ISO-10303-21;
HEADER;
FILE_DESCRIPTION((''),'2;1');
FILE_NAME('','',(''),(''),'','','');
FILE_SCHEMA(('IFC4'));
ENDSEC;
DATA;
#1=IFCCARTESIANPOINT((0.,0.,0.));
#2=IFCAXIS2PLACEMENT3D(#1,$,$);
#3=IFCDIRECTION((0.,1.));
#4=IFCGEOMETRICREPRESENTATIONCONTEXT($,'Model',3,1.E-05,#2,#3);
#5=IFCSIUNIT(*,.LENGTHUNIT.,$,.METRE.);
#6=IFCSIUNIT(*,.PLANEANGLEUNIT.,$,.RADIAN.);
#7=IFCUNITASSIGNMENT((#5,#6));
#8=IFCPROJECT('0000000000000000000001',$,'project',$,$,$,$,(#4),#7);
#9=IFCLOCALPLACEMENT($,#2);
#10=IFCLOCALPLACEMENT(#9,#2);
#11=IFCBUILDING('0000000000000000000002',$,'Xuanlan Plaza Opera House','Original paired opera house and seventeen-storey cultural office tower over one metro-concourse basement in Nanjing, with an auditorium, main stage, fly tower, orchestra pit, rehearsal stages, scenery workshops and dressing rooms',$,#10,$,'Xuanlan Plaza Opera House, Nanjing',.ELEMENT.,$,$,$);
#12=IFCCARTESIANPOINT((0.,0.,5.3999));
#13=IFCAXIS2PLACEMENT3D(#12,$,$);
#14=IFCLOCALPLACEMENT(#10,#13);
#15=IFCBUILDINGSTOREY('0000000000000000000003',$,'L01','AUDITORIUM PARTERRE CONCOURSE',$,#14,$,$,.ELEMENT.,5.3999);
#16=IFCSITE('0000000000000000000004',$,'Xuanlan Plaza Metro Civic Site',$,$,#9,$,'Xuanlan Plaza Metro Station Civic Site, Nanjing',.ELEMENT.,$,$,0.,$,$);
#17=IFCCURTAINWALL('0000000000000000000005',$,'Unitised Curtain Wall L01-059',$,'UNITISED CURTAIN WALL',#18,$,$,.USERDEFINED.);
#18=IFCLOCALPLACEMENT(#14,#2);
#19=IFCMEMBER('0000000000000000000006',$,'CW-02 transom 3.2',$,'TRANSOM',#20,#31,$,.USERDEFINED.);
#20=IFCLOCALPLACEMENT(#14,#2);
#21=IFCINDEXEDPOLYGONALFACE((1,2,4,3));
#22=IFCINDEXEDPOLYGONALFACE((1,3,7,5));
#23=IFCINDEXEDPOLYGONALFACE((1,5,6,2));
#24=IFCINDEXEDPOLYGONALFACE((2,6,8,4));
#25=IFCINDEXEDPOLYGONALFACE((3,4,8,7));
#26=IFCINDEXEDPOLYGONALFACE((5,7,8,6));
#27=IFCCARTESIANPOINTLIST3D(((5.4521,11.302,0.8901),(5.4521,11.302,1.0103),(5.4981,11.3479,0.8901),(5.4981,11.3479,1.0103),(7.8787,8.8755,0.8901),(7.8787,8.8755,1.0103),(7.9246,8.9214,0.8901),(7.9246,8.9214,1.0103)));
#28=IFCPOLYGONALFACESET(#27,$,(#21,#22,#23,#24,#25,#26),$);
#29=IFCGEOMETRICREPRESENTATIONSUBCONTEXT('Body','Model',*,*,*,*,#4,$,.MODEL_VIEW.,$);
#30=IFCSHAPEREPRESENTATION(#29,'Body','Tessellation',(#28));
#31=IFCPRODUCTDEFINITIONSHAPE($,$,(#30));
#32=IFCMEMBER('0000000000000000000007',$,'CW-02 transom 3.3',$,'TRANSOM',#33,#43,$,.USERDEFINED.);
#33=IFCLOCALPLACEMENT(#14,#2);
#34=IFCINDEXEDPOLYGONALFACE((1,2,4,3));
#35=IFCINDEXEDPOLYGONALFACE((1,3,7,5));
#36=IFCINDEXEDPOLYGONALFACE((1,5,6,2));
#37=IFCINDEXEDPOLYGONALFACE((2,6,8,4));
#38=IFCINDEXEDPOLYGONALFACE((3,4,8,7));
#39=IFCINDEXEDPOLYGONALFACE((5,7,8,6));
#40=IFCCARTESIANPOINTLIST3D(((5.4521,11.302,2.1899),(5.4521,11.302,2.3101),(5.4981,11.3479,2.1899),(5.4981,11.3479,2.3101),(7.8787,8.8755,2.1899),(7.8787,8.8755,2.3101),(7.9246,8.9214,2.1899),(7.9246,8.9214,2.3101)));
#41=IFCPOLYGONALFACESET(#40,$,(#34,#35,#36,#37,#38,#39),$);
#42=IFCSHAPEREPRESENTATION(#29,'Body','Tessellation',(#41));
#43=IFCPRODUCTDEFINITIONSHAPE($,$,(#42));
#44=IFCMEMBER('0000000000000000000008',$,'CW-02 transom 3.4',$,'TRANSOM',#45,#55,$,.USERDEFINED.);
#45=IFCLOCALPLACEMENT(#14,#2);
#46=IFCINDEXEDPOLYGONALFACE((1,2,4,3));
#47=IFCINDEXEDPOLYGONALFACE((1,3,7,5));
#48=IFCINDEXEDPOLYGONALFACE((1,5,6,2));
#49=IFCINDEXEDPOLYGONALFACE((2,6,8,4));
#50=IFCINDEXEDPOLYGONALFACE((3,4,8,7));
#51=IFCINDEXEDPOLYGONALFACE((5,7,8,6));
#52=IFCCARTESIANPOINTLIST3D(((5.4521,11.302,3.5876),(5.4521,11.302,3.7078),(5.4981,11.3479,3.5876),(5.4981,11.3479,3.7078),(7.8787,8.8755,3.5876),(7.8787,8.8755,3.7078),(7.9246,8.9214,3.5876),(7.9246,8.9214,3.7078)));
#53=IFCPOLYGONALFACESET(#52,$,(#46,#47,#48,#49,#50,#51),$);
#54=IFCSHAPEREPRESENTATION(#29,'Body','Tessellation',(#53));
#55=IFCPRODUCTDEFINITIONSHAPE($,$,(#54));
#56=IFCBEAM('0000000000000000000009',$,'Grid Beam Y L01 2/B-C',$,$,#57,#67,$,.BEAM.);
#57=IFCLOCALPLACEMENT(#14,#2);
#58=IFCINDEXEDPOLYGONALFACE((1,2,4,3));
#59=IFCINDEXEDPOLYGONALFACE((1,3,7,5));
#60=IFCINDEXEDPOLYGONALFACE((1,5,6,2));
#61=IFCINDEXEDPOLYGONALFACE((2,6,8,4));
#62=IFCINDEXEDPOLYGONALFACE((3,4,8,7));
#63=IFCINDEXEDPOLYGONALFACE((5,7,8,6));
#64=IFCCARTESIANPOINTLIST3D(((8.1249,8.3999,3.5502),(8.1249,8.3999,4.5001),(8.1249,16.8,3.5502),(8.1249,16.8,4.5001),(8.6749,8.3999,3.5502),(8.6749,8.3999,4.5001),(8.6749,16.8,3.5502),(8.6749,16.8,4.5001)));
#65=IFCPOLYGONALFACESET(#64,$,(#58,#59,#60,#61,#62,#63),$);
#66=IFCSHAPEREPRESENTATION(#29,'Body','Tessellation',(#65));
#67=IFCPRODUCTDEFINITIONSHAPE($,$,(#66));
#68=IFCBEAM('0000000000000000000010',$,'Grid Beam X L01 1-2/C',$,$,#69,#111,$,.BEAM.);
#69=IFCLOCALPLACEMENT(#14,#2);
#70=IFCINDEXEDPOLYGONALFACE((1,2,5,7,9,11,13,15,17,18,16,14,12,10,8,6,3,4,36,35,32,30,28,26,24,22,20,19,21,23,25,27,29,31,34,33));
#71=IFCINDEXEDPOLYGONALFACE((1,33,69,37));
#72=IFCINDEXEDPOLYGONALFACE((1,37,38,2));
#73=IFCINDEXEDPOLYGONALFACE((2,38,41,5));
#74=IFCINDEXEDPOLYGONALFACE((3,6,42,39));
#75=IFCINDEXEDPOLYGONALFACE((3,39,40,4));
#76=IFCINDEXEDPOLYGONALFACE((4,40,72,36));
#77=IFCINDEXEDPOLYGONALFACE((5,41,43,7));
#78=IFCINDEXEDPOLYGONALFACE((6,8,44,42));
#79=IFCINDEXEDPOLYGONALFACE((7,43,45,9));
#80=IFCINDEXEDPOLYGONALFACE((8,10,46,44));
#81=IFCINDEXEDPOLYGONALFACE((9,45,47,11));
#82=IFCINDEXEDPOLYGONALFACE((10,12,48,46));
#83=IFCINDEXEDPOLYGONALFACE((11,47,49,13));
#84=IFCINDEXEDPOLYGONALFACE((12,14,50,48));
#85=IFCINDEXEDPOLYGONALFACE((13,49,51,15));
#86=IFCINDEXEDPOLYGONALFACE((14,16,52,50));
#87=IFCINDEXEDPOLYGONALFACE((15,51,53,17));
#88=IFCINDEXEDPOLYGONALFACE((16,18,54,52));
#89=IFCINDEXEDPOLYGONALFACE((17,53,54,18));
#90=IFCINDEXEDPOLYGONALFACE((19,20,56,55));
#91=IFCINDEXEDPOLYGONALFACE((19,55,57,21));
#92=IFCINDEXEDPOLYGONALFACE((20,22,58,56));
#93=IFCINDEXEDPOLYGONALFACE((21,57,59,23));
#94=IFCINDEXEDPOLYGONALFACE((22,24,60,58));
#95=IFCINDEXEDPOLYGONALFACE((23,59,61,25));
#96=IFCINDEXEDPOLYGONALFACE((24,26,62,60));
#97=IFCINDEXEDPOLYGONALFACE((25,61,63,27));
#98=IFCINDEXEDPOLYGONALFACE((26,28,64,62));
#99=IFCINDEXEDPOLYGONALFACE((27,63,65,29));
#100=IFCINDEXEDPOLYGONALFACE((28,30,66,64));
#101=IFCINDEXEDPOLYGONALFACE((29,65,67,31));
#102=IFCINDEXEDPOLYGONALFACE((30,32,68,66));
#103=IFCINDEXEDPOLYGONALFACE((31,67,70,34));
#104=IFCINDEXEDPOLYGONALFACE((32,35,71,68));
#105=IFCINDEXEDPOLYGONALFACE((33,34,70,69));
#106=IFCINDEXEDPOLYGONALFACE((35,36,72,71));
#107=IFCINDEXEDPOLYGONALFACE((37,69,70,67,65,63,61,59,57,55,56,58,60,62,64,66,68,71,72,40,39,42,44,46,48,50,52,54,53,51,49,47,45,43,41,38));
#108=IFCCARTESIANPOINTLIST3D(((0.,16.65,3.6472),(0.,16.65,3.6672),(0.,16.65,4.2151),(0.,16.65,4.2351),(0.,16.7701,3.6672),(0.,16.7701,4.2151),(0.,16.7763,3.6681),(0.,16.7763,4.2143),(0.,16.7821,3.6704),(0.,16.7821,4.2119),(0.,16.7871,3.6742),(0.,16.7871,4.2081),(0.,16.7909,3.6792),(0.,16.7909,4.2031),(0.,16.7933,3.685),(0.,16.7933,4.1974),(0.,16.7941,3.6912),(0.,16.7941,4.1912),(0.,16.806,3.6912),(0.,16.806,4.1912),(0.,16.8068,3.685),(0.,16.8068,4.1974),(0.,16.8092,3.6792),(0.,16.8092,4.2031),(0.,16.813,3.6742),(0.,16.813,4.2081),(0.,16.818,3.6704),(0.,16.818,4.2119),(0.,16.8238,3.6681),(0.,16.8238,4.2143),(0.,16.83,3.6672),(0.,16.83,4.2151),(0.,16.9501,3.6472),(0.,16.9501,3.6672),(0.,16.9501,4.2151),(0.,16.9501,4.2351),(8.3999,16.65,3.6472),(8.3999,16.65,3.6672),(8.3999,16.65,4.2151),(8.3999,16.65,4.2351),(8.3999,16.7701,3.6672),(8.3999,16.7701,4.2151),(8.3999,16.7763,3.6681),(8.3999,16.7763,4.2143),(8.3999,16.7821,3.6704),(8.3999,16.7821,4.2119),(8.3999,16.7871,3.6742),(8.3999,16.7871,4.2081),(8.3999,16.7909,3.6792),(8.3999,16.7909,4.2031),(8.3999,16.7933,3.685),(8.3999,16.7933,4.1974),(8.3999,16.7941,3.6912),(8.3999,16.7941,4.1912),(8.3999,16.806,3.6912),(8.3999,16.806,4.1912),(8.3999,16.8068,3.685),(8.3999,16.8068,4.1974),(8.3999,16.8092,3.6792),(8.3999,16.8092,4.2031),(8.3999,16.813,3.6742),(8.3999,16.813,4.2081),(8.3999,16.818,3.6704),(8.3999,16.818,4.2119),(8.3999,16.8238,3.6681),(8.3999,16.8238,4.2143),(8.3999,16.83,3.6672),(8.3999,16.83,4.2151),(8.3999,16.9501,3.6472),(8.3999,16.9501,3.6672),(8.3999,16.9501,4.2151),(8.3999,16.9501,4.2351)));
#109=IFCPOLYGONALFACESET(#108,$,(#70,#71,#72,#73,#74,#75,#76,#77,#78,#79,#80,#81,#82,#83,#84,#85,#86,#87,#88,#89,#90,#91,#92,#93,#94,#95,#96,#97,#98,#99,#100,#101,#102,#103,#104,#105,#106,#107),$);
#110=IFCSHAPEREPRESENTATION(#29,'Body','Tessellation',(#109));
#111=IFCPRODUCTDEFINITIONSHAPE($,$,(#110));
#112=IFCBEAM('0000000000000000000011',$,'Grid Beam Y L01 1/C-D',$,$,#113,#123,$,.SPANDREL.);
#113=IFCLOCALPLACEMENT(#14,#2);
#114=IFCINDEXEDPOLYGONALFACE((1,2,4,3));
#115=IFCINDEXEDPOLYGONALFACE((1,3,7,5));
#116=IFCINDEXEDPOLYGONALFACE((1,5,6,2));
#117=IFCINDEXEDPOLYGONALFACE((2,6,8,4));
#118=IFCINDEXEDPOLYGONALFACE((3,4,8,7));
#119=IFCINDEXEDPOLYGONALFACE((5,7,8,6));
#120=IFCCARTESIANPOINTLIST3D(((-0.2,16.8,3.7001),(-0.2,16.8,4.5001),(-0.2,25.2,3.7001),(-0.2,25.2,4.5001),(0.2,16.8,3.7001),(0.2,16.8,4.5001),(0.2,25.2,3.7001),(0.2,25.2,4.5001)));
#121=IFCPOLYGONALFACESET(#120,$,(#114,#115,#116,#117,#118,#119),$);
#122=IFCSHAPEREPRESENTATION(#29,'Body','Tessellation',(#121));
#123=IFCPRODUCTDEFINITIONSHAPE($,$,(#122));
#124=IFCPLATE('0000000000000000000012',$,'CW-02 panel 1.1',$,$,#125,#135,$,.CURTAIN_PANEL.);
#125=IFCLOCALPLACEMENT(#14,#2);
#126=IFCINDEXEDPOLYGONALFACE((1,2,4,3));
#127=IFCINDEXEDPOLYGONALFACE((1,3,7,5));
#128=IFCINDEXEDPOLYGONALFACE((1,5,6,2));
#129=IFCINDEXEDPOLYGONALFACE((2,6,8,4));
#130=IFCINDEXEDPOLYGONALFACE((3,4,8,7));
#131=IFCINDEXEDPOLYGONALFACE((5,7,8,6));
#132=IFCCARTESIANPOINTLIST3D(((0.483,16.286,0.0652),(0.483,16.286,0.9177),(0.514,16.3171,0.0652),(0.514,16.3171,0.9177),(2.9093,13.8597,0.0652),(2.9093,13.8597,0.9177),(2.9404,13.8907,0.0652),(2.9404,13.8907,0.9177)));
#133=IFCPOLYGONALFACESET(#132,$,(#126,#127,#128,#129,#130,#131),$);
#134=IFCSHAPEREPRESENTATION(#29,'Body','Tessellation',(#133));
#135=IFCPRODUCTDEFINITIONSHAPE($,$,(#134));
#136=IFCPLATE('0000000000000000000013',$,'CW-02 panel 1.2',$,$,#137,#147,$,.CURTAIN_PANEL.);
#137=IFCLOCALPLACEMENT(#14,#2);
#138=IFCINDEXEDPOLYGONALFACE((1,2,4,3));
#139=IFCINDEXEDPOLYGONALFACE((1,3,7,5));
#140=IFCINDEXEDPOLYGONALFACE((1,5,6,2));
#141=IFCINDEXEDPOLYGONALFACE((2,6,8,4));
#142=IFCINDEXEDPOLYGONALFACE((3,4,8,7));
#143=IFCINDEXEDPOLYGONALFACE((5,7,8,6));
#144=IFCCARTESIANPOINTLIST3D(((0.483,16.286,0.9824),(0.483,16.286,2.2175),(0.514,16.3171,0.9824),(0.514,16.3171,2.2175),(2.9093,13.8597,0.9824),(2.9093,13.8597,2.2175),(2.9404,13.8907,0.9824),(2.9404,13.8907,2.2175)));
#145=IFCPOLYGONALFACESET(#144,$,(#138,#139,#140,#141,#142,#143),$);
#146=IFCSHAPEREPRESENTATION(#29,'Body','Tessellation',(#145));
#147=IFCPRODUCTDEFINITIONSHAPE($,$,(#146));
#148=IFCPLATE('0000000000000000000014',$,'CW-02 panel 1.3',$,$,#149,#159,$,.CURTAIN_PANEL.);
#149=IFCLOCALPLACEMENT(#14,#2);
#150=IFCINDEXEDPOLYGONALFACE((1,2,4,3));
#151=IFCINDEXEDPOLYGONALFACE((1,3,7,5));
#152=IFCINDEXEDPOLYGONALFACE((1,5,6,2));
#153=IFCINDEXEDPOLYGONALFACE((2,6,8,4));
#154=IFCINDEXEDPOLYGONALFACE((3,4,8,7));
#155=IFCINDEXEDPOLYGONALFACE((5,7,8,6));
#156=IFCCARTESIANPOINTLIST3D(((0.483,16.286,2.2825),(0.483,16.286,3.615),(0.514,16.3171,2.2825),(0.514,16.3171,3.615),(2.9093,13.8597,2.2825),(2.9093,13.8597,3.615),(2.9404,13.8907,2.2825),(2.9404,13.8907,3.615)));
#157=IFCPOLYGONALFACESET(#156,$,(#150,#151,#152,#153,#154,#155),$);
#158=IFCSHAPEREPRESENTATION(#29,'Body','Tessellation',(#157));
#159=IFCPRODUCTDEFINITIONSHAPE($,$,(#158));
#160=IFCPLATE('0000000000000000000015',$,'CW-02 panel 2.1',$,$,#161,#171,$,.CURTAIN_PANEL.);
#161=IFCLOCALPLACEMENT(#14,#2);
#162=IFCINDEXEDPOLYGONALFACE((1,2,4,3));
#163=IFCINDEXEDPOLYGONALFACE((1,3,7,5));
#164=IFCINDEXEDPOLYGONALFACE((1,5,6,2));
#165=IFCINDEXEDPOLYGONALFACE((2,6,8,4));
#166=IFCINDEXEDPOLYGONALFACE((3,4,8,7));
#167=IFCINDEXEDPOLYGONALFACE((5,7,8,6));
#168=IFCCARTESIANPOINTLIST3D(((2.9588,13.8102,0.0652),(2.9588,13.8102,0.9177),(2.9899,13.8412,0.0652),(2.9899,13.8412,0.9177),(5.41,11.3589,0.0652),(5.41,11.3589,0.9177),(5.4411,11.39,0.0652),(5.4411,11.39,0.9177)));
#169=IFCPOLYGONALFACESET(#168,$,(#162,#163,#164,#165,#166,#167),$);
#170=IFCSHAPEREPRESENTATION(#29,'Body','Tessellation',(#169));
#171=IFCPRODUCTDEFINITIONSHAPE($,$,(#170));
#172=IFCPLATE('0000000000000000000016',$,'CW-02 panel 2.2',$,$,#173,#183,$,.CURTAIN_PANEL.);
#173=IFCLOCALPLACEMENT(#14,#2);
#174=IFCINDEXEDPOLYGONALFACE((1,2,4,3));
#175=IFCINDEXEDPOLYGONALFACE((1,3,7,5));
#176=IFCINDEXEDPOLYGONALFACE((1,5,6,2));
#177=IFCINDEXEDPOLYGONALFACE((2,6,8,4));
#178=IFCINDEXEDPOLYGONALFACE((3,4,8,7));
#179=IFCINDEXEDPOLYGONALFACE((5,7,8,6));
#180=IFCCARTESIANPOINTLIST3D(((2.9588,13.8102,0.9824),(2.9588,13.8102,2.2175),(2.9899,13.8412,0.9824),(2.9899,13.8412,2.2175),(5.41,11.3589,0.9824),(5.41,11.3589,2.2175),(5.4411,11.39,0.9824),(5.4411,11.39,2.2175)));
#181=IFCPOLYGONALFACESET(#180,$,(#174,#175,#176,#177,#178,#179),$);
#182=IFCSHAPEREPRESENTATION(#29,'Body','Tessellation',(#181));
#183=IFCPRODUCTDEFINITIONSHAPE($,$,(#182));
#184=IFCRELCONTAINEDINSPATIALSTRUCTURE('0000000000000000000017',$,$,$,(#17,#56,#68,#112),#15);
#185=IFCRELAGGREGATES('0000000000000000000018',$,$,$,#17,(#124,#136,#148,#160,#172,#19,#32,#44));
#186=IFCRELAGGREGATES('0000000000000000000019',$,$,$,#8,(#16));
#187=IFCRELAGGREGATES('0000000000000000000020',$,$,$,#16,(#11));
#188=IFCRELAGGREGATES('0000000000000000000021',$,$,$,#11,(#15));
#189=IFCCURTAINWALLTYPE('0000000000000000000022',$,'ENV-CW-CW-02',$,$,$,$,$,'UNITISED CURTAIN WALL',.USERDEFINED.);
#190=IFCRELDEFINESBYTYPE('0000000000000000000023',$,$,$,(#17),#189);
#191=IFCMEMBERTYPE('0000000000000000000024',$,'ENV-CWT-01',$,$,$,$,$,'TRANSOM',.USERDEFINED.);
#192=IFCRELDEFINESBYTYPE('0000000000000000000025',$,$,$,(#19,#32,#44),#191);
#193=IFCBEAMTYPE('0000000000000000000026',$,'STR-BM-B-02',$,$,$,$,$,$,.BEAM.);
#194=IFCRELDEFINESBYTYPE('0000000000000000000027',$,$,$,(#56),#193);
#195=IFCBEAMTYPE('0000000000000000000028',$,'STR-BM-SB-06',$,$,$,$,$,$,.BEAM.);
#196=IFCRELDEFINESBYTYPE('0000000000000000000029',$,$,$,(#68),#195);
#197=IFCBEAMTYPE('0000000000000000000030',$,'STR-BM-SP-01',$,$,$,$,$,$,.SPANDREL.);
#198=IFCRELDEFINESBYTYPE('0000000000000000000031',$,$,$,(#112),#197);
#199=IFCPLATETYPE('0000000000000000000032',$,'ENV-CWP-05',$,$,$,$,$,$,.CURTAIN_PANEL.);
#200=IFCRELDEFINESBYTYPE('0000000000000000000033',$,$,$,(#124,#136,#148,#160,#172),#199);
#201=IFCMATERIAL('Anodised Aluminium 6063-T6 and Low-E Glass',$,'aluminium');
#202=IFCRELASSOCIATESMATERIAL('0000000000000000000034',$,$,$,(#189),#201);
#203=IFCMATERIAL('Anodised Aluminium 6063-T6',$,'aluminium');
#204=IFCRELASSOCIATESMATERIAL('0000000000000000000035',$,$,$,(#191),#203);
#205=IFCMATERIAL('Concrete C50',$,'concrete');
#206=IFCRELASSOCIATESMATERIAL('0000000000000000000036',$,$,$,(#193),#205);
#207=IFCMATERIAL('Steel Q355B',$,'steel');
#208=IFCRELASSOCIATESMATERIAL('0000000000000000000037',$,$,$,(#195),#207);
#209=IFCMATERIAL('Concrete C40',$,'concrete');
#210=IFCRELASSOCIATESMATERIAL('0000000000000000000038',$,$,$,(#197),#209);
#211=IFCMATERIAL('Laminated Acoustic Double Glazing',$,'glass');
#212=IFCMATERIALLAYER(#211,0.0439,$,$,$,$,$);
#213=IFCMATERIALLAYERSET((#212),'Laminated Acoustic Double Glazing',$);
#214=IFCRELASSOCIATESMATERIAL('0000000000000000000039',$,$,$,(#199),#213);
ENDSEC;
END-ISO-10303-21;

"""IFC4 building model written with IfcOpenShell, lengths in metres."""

from ifc_helpers import new_model, si_unit, direction, frame, origin, origin_2d, place, context, subcontext, project, spatial, rectangle, i_section, extrude, material, layer, layer_set, material_profile, profile_set, type_object, element, aggregate, save


model = new_model("IFC4")

# Units and contexts
model_context = context("Model", 3, precision=1e-05, world=origin(), true_north=direction((0.0, 1.0)))
body_context = subcontext(model_context, "Body", "Model", "MODEL_VIEW")
ifc_project = project(units=[si_unit("LENGTHUNIT", "METRE"), si_unit("PLANEANGLEUNIT", "RADIAN")], contexts=[model_context])

# Site, building, storey
site_placement = place(None, origin())
site = spatial("IfcSite", under=ifc_project, at=site_placement, Name="Xuanlan Plaza Metro Civic Site", LongName="Xuanlan Plaza Metro Station Civic Site, Nanjing", CompositionType="ELEMENT", RefElevation=0.0)
building_placement = place(site_placement, origin())
building = spatial("IfcBuilding", under=site, at=building_placement, Name="Xuanlan Plaza Opera House", Description="Original paired opera house and seventeen-storey cultural office tower over one metro-concourse basement in Nanjing, with an auditorium, main stage, fly tower, orchestra pit, rehearsal stages, scenery workshops and dressing rooms", LongName="Xuanlan Plaza Opera House, Nanjing", CompositionType="ELEMENT")
storey_placement = place(building_placement, frame((0.0, 0.0, 5.3999)))
storey = spatial("IfcBuildingStorey", under=building, at=storey_placement, Name="L01", Description="AUDITORIUM PARTERRE CONCOURSE", CompositionType="ELEMENT", Elevation=5.3999)

# Shared definitions
ifc_material_1 = material(Name="Concrete C40", Category="concrete")

# Curtain wall, members
ifc_material_2 = material(Name="Anodised Aluminium 6063-T6 and Low-E Glass", Category="aluminium")
curtain_wall_type = type_object("IfcCurtainWallType", Name="ENV-CW-CW-02", ElementType="UNITISED CURTAIN WALL", PredefinedType="USERDEFINED", material=ifc_material_2)
curtain_wall_placement = place(storey_placement, origin())
curtain_wall = element("IfcCurtainWall", 1, at=curtain_wall_placement, inside=storey, type_object=curtain_wall_type, Name="Unitised Curtain Wall L01-059", ObjectType="UNITISED CURTAIN WALL", PredefinedType="USERDEFINED")
ifc_material_3 = material(Name="Anodised Aluminium 6063-T6", Category="aluminium")
ifc_material_profile_1 = material_profile(ifc_material_3, rectangle(XDim=0.0649, YDim=0.1201, at=origin_2d()), Name="ALU-T 65x120")
ifc_profile_set_1 = profile_set([ifc_material_profile_1], Name="Anodised Aluminium 6063-T6")
member_type_1 = type_object("IfcMemberType", Name="ENV-CWT-01", ElementType="TRANSOM", PredefinedType="USERDEFINED", material=ifc_profile_set_1)
member_1_placement = place(storey_placement, frame((5.4751, 11.325, 0.9502), z_axis=(0.707107, -0.707107, 0.0), x_axis=(0.707107, 0.707107, 0.0)))
member_1 = element("IfcMember", 2, at=member_1_placement, type_object=member_type_1, Name="CW-02 transom 3.2", ObjectType="TRANSOM", PredefinedType="USERDEFINED", context=body_context, shape_type="SweptSolid", body=[
    extrude(rectangle(XDim=0.0649, YDim=0.1201, at=origin_2d()), origin(), (0.0, 0.0, 1.0), 3.4316),
])
member_2_placement = place(storey_placement, frame((5.4751, 11.325, 2.25), z_axis=(0.707107, -0.707107, 0.0), x_axis=(0.707107, 0.707107, 0.0)))
member_2 = element("IfcMember", 3, at=member_2_placement, type_object=member_type_1, Name="CW-02 transom 3.3", ObjectType="TRANSOM", PredefinedType="USERDEFINED", context=body_context, shape_type="SweptSolid", body=[
    extrude(rectangle(XDim=0.0649, YDim=0.1201, at=origin_2d()), origin(), (0.0, 0.0, 1.0), 3.4316),
])
member_3_placement = place(storey_placement, frame((5.4751, 11.325, 3.6477), z_axis=(0.707107, -0.707107, 0.0), x_axis=(0.707107, 0.707107, 0.0)))
member_3 = element("IfcMember", 4, at=member_3_placement, type_object=member_type_1, Name="CW-02 transom 3.4", ObjectType="TRANSOM", PredefinedType="USERDEFINED", context=body_context, shape_type="SweptSolid", body=[
    extrude(rectangle(XDim=0.0649, YDim=0.1201, at=origin_2d()), origin(), (0.0, 0.0, 1.0), 3.4316),
])

# Beams
ifc_material_4 = material(Name="Concrete C50", Category="concrete")
ifc_material_profile_2 = material_profile(ifc_material_4, rectangle(XDim=0.55, YDim=0.95, at=origin_2d()), Name="RC-BM 550x950")
ifc_profile_set_2 = profile_set([ifc_material_profile_2], Name="Concrete C50")
beam_type_1 = type_object("IfcBeamType", Name="STR-BM-B-02", PredefinedType="BEAM", material=ifc_profile_set_2)
beam_1_placement = place(storey_placement, frame((8.3999, 8.3999, 4.0251), z_axis=(0.0, 1.0, 0.0), x_axis=(-1.0, 0.0, 0.0)))
element("IfcBeam", 5, at=beam_1_placement, inside=storey, type_object=beam_type_1, Name="Grid Beam Y L01 2/B-C", PredefinedType="BEAM", context=body_context, shape_type="SweptSolid", body=[
    extrude(rectangle(XDim=0.55, YDim=0.95, at=origin_2d()), origin(), (0.0, 0.0, 1.0), 8.4001),
])
ifc_material_5 = material(Name="Steel Q355B", Category="steel")
ifc_material_profile_3 = material_profile(ifc_material_5, i_section(OverallWidth=0.3, OverallDepth=0.5879, WebThickness=0.012, FlangeThickness=0.02, FilletRadius=0.0239, at=origin_2d()), Name="HM 588x300x12x20")
ifc_profile_set_3 = profile_set([ifc_material_profile_3], Name="Steel Q355B")
beam_type_2 = type_object("IfcBeamType", Name="STR-BM-SB-06", PredefinedType="BEAM", material=ifc_profile_set_3)
beam_2_placement = place(storey_placement, frame((0.0, 16.8, 3.9412), z_axis=(1.0, 0.0, 0.0), x_axis=(0.0, 1.0, 0.0)))
element("IfcBeam", 6, at=beam_2_placement, inside=storey, type_object=beam_type_2, Name="Grid Beam X L01 1-2/C", PredefinedType="BEAM", context=body_context, shape_type="SweptSolid", body=[
    extrude(i_section(OverallWidth=0.3, OverallDepth=0.5879, WebThickness=0.012, FlangeThickness=0.02, FilletRadius=0.0239, at=origin_2d()), origin(), (0.0, 0.0, 1.0), 8.3999),
])
ifc_material_profile_4 = material_profile(ifc_material_1, rectangle(XDim=0.3999, YDim=0.8, at=origin_2d()), Name="RC-SPD 400x800")
ifc_profile_set_4 = profile_set([ifc_material_profile_4], Name="Concrete C40")
beam_type_3 = type_object("IfcBeamType", Name="STR-BM-SP-01", PredefinedType="SPANDREL", material=ifc_profile_set_4)
beam_3_placement = place(storey_placement, frame((0.0, 16.8, 4.1001), z_axis=(0.0, 1.0, 0.0), x_axis=(-1.0, 0.0, 0.0)))
element("IfcBeam", 7, at=beam_3_placement, inside=storey, type_object=beam_type_3, Name="Grid Beam Y L01 1/C-D", PredefinedType="SPANDREL", context=body_context, shape_type="SweptSolid", body=[
    extrude(rectangle(XDim=0.3999, YDim=0.8, at=origin_2d()), origin(), (0.0, 0.0, 1.0), 8.3999),
])

# Plates
ifc_material_6 = material(Name="Laminated Acoustic Double Glazing", Category="glass")
ifc_layer_1 = layer(ifc_material_6, 0.0439)
ifc_layer_set_1 = layer_set([ifc_layer_1], Name="Laminated Acoustic Double Glazing")
plate_type = type_object("IfcPlateType", Name="ENV-CWP-05", PredefinedType="CURTAIN_PANEL", material=ifc_layer_set_1)
plate_1_placement = place(storey_placement, frame((1.7117, 15.0884, 0.0652), z_axis=(0.0, 0.0, 1.0), x_axis=(0.707107, -0.707107, 0.0)))
plate_1 = element("IfcPlate", 8, at=plate_1_placement, type_object=plate_type, Name="CW-02 panel 1.1", PredefinedType="CURTAIN_PANEL", context=body_context, shape_type="SweptSolid", body=[
    extrude(rectangle(XDim=3.4314, YDim=0.0439, at=origin_2d()), origin(), (0.0, 0.0, 1.0), 0.8525),
])
plate_2_placement = place(storey_placement, frame((1.7117, 15.0884, 0.9824), z_axis=(0.0, 0.0, 1.0), x_axis=(0.707107, -0.707107, 0.0)))
plate_2 = element("IfcPlate", 9, at=plate_2_placement, type_object=plate_type, Name="CW-02 panel 1.2", PredefinedType="CURTAIN_PANEL", context=body_context, shape_type="SweptSolid", body=[
    extrude(rectangle(XDim=3.4314, YDim=0.0439, at=origin_2d()), origin(), (0.0, 0.0, 1.0), 1.2351),
])
plate_3_placement = place(storey_placement, frame((1.7117, 15.0884, 2.2825), z_axis=(0.0, 0.0, 1.0), x_axis=(0.707107, -0.707107, 0.0)))
plate_3 = element("IfcPlate", 10, at=plate_3_placement, type_object=plate_type, Name="CW-02 panel 1.3", PredefinedType="CURTAIN_PANEL", context=body_context, shape_type="SweptSolid", body=[
    extrude(rectangle(XDim=3.4314, YDim=0.0439, at=origin_2d()), origin(), (0.0, 0.0, 1.0), 1.3325),
])
plate_4_placement = place(storey_placement, frame((4.2, 12.6001, 0.0652), z_axis=(0.0, 0.0, 1.0), x_axis=(0.707107, -0.707107, 0.0)))
plate_4 = element("IfcPlate", 11, at=plate_4_placement, type_object=plate_type, Name="CW-02 panel 2.1", PredefinedType="CURTAIN_PANEL", context=body_context, shape_type="SweptSolid", body=[
    extrude(rectangle(XDim=3.4666, YDim=0.0439, at=origin_2d()), origin(), (0.0, 0.0, 1.0), 0.8525),
])
plate_5_placement = place(storey_placement, frame((4.2, 12.6001, 0.9824), z_axis=(0.0, 0.0, 1.0), x_axis=(0.707107, -0.707107, 0.0)))
plate_5 = element("IfcPlate", 12, at=plate_5_placement, type_object=plate_type, Name="CW-02 panel 2.2", PredefinedType="CURTAIN_PANEL", context=body_context, shape_type="SweptSolid", body=[
    extrude(rectangle(XDim=3.4666, YDim=0.0439, at=origin_2d()), origin(), (0.0, 0.0, 1.0), 1.2351),
])
aggregate(curtain_wall, [plate_1, plate_2, plate_3, plate_4, plate_5, member_1, member_2, member_3])

save(model, "model.ifc")
